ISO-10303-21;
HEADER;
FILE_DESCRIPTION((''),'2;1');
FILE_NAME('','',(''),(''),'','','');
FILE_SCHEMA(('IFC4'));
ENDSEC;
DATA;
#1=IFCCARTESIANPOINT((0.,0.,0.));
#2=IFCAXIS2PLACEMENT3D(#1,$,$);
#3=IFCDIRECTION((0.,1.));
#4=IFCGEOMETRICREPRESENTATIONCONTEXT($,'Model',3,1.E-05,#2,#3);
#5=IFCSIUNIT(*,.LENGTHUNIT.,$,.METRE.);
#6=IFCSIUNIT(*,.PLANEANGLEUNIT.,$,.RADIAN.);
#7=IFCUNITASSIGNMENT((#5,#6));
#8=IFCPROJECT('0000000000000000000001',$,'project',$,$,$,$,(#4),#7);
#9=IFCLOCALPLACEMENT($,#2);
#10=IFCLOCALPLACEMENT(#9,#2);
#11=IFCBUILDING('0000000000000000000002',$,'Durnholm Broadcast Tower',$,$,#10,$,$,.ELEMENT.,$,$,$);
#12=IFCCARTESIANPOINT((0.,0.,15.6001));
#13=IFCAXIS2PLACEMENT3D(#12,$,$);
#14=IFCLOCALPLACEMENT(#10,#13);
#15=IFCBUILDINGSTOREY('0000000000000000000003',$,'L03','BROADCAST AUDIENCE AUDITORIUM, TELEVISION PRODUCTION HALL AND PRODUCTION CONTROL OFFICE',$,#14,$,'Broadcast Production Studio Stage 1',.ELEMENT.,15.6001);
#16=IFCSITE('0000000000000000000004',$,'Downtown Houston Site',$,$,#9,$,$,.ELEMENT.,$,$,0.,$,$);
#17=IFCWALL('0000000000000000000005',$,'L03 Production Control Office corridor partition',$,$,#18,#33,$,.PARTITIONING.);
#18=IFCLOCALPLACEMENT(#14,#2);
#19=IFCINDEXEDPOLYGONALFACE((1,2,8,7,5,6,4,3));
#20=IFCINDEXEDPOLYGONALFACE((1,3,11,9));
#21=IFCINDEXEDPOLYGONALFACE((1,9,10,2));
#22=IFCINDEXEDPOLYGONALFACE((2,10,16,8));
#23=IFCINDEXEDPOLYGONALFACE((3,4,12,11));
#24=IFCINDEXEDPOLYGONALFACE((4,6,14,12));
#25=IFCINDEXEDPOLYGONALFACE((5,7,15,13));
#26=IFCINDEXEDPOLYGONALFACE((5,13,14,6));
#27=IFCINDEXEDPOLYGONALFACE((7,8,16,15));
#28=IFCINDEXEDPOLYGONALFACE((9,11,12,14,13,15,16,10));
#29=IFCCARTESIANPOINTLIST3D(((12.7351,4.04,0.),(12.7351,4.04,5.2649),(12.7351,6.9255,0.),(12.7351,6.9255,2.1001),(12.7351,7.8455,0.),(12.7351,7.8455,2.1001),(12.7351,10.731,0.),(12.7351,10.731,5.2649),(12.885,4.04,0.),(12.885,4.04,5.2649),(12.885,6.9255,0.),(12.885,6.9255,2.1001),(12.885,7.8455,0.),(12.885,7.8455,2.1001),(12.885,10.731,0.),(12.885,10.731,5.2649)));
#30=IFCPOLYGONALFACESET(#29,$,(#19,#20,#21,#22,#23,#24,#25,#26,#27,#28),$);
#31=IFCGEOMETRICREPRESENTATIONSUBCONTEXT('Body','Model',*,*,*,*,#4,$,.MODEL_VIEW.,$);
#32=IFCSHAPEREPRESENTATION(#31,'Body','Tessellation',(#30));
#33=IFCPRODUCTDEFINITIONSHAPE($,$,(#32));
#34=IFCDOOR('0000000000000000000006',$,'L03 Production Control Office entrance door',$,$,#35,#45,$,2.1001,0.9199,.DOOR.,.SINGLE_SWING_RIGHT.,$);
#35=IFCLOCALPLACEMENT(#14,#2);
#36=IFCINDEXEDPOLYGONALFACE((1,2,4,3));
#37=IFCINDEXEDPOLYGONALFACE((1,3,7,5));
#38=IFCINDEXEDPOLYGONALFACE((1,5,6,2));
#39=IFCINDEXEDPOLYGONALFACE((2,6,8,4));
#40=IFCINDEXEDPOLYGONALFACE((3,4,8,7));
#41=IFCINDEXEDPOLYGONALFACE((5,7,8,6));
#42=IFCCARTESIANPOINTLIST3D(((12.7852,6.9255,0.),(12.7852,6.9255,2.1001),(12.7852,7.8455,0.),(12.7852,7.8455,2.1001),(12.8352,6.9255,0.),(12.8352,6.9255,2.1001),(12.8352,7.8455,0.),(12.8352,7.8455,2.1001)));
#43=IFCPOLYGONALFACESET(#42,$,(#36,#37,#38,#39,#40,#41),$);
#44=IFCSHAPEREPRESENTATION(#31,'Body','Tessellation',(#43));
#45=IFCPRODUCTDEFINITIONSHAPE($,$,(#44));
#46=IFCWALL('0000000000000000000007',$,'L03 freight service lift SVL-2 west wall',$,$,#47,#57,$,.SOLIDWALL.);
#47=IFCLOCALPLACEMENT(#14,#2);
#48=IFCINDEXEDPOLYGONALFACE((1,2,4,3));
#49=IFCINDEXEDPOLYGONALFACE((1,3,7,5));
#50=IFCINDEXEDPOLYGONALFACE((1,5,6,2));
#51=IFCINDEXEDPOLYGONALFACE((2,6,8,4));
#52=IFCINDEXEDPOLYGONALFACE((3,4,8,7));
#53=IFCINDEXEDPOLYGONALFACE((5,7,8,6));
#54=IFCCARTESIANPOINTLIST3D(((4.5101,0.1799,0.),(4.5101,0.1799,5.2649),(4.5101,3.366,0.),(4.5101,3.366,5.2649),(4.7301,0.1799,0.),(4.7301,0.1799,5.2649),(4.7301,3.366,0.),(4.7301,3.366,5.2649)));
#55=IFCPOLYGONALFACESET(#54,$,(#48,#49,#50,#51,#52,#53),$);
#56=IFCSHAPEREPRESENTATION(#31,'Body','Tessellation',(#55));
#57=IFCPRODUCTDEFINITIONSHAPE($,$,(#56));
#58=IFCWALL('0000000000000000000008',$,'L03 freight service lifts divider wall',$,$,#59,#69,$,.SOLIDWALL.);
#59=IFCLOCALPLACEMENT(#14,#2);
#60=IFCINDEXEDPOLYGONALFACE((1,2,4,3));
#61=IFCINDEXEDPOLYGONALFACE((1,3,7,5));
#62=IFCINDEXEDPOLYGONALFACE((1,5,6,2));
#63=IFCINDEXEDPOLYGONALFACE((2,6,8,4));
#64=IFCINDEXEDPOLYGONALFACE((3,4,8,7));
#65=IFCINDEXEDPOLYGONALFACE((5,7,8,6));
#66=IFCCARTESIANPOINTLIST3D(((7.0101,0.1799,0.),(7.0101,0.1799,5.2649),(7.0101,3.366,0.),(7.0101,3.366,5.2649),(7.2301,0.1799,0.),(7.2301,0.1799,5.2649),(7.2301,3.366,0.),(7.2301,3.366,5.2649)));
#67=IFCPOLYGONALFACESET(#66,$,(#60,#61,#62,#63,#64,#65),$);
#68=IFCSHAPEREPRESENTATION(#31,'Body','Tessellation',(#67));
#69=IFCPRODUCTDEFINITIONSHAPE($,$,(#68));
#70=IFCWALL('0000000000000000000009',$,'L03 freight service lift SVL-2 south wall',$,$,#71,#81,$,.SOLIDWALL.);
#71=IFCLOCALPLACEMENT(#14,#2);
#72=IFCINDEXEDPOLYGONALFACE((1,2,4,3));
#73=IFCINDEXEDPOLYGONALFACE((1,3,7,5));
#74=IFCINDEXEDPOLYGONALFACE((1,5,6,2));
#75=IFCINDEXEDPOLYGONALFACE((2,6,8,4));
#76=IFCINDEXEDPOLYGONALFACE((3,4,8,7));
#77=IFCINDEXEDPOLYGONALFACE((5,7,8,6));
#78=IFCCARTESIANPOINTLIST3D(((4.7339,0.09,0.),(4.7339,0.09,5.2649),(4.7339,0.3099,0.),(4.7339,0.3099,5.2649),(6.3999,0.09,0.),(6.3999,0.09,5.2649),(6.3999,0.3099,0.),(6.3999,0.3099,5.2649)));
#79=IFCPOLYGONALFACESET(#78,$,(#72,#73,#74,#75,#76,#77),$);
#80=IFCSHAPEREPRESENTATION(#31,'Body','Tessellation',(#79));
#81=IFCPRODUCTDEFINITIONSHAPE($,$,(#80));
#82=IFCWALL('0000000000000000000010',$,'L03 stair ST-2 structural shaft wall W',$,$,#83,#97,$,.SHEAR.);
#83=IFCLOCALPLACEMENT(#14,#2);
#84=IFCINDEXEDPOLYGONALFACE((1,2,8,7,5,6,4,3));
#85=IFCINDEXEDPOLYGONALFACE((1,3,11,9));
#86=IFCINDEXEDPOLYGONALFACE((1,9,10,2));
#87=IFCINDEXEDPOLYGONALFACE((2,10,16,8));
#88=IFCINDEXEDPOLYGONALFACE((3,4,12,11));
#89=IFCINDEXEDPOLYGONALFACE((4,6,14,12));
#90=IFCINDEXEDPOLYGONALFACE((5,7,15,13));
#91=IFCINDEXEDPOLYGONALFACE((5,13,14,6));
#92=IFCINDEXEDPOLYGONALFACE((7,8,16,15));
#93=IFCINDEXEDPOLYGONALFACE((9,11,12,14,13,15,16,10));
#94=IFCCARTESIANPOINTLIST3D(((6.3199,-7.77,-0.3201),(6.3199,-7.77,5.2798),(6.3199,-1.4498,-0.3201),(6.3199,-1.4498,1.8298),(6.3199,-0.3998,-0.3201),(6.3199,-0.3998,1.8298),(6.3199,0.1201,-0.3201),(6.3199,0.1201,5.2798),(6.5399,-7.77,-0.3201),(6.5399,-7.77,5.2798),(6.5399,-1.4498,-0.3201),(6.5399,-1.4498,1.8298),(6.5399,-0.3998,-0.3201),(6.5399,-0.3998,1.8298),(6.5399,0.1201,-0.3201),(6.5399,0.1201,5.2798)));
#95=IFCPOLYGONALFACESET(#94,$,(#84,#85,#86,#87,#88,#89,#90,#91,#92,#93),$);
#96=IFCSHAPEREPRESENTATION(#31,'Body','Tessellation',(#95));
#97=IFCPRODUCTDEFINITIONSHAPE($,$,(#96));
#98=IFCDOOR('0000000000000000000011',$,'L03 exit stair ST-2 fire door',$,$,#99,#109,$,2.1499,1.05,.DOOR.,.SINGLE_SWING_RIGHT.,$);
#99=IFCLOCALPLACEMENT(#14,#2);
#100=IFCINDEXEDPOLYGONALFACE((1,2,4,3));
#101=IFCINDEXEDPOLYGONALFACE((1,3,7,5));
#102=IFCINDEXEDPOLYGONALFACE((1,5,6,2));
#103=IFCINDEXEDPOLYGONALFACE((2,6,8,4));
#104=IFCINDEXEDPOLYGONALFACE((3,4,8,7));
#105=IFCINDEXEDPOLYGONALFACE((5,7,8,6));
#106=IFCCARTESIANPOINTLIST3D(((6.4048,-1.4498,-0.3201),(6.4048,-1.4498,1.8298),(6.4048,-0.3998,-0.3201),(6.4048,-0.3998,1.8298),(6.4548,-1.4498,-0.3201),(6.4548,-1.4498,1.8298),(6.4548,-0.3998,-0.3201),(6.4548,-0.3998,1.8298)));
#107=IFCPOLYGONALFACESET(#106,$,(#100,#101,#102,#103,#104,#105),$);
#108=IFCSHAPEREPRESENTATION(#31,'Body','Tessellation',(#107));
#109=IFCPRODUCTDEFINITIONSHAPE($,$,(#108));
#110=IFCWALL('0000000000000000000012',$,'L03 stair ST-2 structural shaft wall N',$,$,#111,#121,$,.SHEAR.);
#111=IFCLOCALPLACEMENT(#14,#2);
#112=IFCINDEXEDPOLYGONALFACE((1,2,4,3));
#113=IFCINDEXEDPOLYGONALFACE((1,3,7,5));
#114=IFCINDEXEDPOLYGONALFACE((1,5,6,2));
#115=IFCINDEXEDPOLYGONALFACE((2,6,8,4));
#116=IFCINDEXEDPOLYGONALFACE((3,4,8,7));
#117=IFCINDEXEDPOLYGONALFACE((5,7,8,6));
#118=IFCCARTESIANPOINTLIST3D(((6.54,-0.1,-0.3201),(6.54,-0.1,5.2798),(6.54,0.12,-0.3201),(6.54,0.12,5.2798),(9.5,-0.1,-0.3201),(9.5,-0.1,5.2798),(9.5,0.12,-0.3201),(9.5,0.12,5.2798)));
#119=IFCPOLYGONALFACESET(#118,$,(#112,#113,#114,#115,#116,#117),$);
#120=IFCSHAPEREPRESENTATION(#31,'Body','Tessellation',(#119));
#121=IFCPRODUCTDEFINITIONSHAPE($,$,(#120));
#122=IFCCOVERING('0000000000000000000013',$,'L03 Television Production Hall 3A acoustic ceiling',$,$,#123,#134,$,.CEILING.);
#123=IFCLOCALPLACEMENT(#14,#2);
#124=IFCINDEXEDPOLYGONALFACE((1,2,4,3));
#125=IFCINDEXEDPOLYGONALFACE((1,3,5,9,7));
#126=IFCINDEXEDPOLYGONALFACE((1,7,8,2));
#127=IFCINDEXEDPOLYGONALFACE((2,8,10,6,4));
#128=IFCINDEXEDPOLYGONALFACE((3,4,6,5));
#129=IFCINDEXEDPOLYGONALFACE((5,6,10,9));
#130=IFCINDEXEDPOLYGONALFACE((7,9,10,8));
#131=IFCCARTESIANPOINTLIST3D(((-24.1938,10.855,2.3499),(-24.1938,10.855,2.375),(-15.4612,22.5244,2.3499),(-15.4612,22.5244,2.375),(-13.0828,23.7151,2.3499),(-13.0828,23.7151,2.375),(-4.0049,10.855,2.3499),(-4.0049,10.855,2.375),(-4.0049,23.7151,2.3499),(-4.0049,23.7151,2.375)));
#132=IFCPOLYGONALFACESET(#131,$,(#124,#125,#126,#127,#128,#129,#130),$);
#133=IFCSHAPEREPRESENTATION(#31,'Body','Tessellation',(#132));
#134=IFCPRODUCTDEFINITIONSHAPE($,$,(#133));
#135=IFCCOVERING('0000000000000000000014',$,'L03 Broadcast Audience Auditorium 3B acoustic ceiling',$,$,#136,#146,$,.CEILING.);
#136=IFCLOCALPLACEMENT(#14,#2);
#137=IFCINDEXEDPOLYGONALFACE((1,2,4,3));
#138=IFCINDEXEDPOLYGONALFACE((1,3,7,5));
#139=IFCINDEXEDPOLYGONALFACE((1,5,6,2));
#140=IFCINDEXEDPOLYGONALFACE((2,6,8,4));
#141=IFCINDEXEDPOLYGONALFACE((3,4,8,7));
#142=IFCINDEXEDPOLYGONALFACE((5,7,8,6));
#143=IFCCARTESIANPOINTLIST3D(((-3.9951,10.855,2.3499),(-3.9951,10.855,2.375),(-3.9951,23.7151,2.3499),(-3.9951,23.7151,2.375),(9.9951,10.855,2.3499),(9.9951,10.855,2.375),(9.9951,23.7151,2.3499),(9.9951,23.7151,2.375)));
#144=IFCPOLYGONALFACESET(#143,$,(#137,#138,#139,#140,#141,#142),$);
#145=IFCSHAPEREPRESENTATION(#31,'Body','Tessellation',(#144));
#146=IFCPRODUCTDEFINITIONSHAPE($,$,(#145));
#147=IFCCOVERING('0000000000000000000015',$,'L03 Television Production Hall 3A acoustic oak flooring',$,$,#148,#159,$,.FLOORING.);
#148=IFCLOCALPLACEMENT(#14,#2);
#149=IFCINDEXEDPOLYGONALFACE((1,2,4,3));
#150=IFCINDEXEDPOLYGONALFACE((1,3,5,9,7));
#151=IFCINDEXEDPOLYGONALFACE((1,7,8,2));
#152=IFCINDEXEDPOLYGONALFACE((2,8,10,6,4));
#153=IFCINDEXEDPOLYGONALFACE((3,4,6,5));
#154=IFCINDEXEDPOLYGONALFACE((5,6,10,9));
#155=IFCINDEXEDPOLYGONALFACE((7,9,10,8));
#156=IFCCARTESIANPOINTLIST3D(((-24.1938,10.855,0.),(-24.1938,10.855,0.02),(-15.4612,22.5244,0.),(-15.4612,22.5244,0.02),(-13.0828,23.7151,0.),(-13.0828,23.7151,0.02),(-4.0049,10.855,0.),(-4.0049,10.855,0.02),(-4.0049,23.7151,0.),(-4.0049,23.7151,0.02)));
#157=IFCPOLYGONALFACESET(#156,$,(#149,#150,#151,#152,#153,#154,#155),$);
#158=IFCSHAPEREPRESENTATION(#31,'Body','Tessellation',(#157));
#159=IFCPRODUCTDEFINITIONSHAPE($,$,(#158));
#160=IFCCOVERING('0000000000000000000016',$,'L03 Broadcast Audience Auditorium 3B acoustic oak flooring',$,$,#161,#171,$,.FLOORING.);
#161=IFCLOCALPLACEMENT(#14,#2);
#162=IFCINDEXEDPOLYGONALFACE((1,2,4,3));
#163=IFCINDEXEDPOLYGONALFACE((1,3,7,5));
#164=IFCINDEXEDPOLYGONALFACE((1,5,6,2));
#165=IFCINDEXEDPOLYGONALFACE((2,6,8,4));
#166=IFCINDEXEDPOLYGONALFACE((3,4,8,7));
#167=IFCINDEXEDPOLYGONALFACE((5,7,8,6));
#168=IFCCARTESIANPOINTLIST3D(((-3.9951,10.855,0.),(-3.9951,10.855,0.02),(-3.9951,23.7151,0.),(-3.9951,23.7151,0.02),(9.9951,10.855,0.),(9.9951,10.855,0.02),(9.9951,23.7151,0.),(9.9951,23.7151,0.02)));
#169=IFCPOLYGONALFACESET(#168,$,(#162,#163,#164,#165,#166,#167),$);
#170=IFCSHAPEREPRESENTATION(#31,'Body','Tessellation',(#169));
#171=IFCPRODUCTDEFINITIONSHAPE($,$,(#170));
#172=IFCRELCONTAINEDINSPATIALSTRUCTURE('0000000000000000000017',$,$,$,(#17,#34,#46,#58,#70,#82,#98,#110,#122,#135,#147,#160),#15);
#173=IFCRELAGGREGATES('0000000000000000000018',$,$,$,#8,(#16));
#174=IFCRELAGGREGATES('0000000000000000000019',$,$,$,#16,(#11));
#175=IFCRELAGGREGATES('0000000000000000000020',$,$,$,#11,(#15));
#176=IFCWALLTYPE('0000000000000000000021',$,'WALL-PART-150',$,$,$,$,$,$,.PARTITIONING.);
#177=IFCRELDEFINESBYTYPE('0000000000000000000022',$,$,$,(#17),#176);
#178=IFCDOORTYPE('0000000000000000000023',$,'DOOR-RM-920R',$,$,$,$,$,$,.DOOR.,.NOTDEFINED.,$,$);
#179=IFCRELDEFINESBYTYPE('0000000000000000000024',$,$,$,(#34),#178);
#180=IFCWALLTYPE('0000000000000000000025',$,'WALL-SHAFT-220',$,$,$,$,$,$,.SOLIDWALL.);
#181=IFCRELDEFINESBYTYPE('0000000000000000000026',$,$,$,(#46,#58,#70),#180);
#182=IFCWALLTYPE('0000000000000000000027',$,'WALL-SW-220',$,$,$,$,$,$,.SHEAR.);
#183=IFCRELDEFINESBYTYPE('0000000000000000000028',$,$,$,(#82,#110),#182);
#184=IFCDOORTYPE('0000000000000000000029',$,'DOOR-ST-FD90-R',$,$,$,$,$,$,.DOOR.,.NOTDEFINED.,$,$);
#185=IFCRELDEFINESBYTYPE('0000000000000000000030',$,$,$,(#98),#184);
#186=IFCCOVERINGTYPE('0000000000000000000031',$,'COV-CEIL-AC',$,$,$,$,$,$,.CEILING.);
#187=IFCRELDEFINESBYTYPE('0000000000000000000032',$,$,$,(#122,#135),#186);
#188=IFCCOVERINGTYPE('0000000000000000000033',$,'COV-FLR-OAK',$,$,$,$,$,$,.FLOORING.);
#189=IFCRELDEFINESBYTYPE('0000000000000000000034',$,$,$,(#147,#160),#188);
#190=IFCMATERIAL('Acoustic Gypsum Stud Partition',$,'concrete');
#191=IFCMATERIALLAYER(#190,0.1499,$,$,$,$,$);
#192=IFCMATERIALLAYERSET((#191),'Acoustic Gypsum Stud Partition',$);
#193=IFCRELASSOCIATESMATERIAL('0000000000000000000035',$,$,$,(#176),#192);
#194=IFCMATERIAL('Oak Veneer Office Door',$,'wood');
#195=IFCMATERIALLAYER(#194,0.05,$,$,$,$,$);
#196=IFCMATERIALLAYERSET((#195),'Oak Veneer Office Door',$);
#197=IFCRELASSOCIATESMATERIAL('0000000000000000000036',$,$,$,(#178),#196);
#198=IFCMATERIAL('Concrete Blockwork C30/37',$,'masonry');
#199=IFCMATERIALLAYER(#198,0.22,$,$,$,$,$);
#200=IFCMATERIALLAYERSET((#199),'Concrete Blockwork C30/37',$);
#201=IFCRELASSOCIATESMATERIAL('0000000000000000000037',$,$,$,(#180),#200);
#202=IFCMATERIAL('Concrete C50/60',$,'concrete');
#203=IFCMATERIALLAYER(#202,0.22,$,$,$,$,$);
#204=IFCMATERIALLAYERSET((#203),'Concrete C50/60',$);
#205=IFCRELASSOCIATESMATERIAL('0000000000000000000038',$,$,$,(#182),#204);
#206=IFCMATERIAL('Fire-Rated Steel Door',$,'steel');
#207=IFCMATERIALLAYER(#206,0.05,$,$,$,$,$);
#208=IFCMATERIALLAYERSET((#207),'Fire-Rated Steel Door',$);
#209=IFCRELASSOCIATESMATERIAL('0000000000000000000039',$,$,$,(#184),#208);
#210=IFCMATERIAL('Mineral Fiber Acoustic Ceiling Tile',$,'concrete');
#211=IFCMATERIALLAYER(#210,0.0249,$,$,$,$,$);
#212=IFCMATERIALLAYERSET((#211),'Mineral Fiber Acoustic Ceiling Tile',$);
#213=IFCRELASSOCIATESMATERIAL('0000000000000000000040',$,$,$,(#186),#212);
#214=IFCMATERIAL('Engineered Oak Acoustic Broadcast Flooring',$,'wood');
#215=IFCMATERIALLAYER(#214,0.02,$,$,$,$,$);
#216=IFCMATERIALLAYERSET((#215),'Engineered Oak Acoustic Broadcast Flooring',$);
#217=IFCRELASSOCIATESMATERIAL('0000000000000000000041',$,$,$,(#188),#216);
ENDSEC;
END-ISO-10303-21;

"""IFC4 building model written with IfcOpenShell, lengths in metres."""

from ifc_helpers import new_model, si_unit, direction, frame, frame_2d, origin, place, context, subcontext, project, spatial, polyline, rectangle, outline, extrude, source, transform, mapped, material, layer, layer_set, type_object, type_shapes, element, fill, save


model = new_model("IFC4")

# Units and contexts
model_context = context("Model", 3, precision=1e-05, world=origin(), true_north=direction((0.0, 1.0)))
body_context = subcontext(model_context, "Body", "Model", "MODEL_VIEW")
ifc_project = project(units=[si_unit("LENGTHUNIT", "METRE"), si_unit("PLANEANGLEUNIT", "RADIAN")], contexts=[model_context])

# Site, building, storey
site_placement = place(None, origin())
site = spatial("IfcSite", under=ifc_project, at=site_placement, Name="Downtown Houston Site", CompositionType="ELEMENT", RefElevation=0.0)
building_placement = place(site_placement, origin())
building = spatial("IfcBuilding", under=site, at=building_placement, Name="Durnholm Broadcast Tower", CompositionType="ELEMENT")
storey_placement = place(building_placement, frame((0.0, 0.0, 15.6001)))
storey = spatial("IfcBuildingStorey", under=building, at=storey_placement, Name="L03", Description="BROADCAST AUDIENCE AUDITORIUM, TELEVISION PRODUCTION HALL AND PRODUCTION CONTROL OFFICE", LongName="Broadcast Production Studio Stage 1", CompositionType="ELEMENT", Elevation=15.6001)

# Shared definitions
ifc_material_1 = material(Name="Concrete C50/60", Category="concrete")

# Shared definitions
ifc_material_2 = material(Name="Acoustic Gypsum Stud Partition", Category="concrete")
ifc_layer_1 = layer(ifc_material_2, 0.1499)
ifc_layer_set_1 = layer_set([ifc_layer_1], Name="Acoustic Gypsum Stud Partition")
wall_type_1 = type_object("IfcWallType", Name="WALL-PART-150", PredefinedType="PARTITIONING", material=ifc_layer_set_1)

# Wall, opening, door
wall_1_placement = place(storey_placement, frame((12.8101, 4.04, 0.0), z_axis=(0.0, 0.0, 1.0), x_axis=(0.0, 1.0, 0.0)))
wall_1 = element("IfcWall", 1, at=wall_1_placement, inside=storey, type_object=wall_type_1, Name="L03 Production Control Office corridor partition", PredefinedType="PARTITIONING", context=body_context, shape_type="SweptSolid", body=[
    extrude(rectangle(XDim=6.6909, YDim=0.1499, at=frame_2d((3.3455, 0.0))), origin(), (0.0, 0.0, 1.0), 5.2649),
])
opening_1_placement = place(wall_1_placement, frame((2.8855, 0.0, 0.0)))
opening_1 = element("IfcOpeningElement", 2, at=opening_1_placement, cuts=wall_1, PredefinedType="OPENING", context=body_context, shape_type="SweptSolid", body=[
    extrude(rectangle(XDim=0.9199, YDim=2.1001, at=frame_2d((0.46, 1.05))), frame((0.0, 0.085, 0.0), z_axis=(0.0, -1.0, 0.0), x_axis=(1.0, 0.0, 0.0)), (0.0, 0.0, 1.0), 0.1699),
])
ifc_material_3 = material(Name="Oak Veneer Office Door", Category="wood")
ifc_layer_2 = layer(ifc_material_3, 0.05)
ifc_layer_set_2 = layer_set([ifc_layer_2], Name="Oak Veneer Office Door")
door_type_1 = type_object("IfcDoorType", Name="DOOR-RM-920R", OperationType="NOTDEFINED", PredefinedType="DOOR", material=ifc_layer_set_2)
shared_shape_1 = source(origin(), body_context, "Body", "SweptSolid", [
    extrude(rectangle(XDim=0.9199, YDim=2.1001, at=frame_2d((0.46, 1.05))), frame((0.0, 0.0249, 0.0), z_axis=(0.0, -1.0, 0.0), x_axis=(1.0, 0.0, 0.0)), (0.0, 0.0, 1.0), 0.05),
])
type_shapes(door_type_1, [shared_shape_1])
door_1_placement = place(opening_1_placement, origin())
door_1 = element("IfcDoor", 3, at=door_1_placement, inside=storey, type_object=door_type_1, Name="L03 Production Control Office entrance door", OperationType="SINGLE_SWING_RIGHT", OverallHeight=2.1001, OverallWidth=0.9199, PredefinedType="DOOR", context=body_context, shape_type="MappedRepresentation", body=[
    mapped(shared_shape_1, transform((0.0, 0.0, 0.0), x_axis=(1.0, 0.0, 0.0), y_axis=(0.0, 1.0, 0.0), z_axis=(0.0, 0.0, 1.0), scale=1.0)),
])
fill(opening_1, door_1)

# Shared definitions
ifc_material_4 = material(Name="Concrete Blockwork C30/37", Category="masonry")
ifc_layer_3 = layer(ifc_material_4, 0.22)
ifc_layer_set_3 = layer_set([ifc_layer_3], Name="Concrete Blockwork C30/37")
wall_type_2 = type_object("IfcWallType", Name="WALL-SHAFT-220", PredefinedType="SOLIDWALL", material=ifc_layer_set_3)

# Walls
for number, where, z_axis, x_axis, name in (
    (4, (4.6201, 0.1799, 0.0), (0.0, 0.0, 1.0), (0.0, 1.0, 0.0), "L03 freight service lift SVL-2 west wall"),
    (5, (7.1201, 0.1799, 0.0), (0.0, 0.0, 1.0), (0.0, 1.0, 0.0), "L03 freight service lifts divider wall"),
):
    element("IfcWall", number, at=place(storey_placement, frame(where, z_axis=z_axis, x_axis=x_axis)), inside=storey, type_object=wall_type_2, Name=name, PredefinedType="SOLIDWALL", context=body_context, shape_type="SweptSolid", body=[
        extrude(rectangle(XDim=3.186, YDim=0.22, at=frame_2d((1.593, 0.0))), origin(), (0.0, 0.0, 1.0), 5.2649),
    ])
wall_2_placement = place(storey_placement, frame((4.7339, 0.2, 0.0), z_axis=(0.0, 0.0, 1.0), x_axis=(1.0, 0.0, 0.0)))
element("IfcWall", 6, at=wall_2_placement, inside=storey, type_object=wall_type_2, Name="L03 freight service lift SVL-2 south wall", PredefinedType="SOLIDWALL", context=body_context, shape_type="SweptSolid", body=[
    extrude(rectangle(XDim=1.666, YDim=0.22, at=frame_2d((0.833, 0.0))), origin(), (0.0, 0.0, 1.0), 5.2649),
])

# Wall, opening, door
ifc_layer_4 = layer(ifc_material_1, 0.22)
ifc_layer_set_4 = layer_set([ifc_layer_4], Name="Concrete C50/60")
wall_type_3 = type_object("IfcWallType", Name="WALL-SW-220", PredefinedType="SHEAR", material=ifc_layer_set_4)
wall_3_placement = place(storey_placement, frame((6.4299, 0.1201, -0.3201), z_axis=(0.0, 0.0, 1.0), x_axis=(0.0, -1.0, 0.0)))
wall_3 = element("IfcWall", 7, at=wall_3_placement, inside=storey, type_object=wall_type_3, Name="L03 stair ST-2 structural shaft wall W", PredefinedType="SHEAR", context=body_context, shape_type="SweptSolid", body=[
    extrude(rectangle(XDim=7.8901, YDim=0.22, at=frame_2d((3.9451, 0.0))), origin(), (0.0, 0.0, 1.0), 5.5999),
])
opening_2_placement = place(wall_3_placement, frame((0.52, 0.0, 0.0)))
opening_2 = element("IfcOpeningElement", 8, at=opening_2_placement, cuts=wall_3, PredefinedType="OPENING", context=body_context, shape_type="SweptSolid", body=[
    extrude(rectangle(XDim=1.05, YDim=2.1499, at=frame_2d((0.5249, 1.075))), frame((0.0, 0.1201, 0.0), z_axis=(0.0, -1.0, 0.0), x_axis=(1.0, 0.0, 0.0)), (0.0, 0.0, 1.0), 0.24),
])
ifc_material_5 = material(Name="Fire-Rated Steel Door", Category="steel")
ifc_layer_5 = layer(ifc_material_5, 0.05)
ifc_layer_set_5 = layer_set([ifc_layer_5], Name="Fire-Rated Steel Door")
door_type_2 = type_object("IfcDoorType", Name="DOOR-ST-FD90-R", OperationType="NOTDEFINED", PredefinedType="DOOR", material=ifc_layer_set_5)
shared_shape_2 = source(origin(), body_context, "Body", "SweptSolid", [
    extrude(rectangle(XDim=1.05, YDim=2.1499, at=frame_2d((0.5249, 1.075))), frame((0.0, 0.0249, 0.0), z_axis=(0.0, -1.0, 0.0), x_axis=(1.0, 0.0, 0.0)), (0.0, 0.0, 1.0), 0.05),
])
type_shapes(door_type_2, [shared_shape_2])
door_2_placement = place(opening_2_placement, origin())
door_2 = element("IfcDoor", 9, at=door_2_placement, inside=storey, type_object=door_type_2, Name="L03 exit stair ST-2 fire door", OperationType="SINGLE_SWING_RIGHT", OverallHeight=2.1499, OverallWidth=1.05, PredefinedType="DOOR", context=body_context, shape_type="MappedRepresentation", body=[
    mapped(shared_shape_2, transform((0.0, 0.0, 0.0), x_axis=(1.0, 0.0, 0.0), y_axis=(0.0, 1.0, 0.0), z_axis=(0.0, 0.0, 1.0), scale=1.0)),
])
fill(opening_2, door_2)

# Wall
wall_4_placement = place(storey_placement, frame((9.5, 0.01, -0.3201), z_axis=(0.0, 0.0, 1.0), x_axis=(-1.0, 0.0, 0.0)))
element("IfcWall", 10, at=wall_4_placement, inside=storey, type_object=wall_type_3, Name="L03 stair ST-2 structural shaft wall N", PredefinedType="SHEAR", context=body_context, shape_type="SweptSolid", body=[
    extrude(rectangle(XDim=2.96, YDim=0.22, at=frame_2d((1.48, 0.0))), origin(), (0.0, 0.0, 1.0), 5.5999),
])

# Coverings
ifc_material_6 = material(Name="Mineral Fiber Acoustic Ceiling Tile", Category="concrete")
ifc_layer_6 = layer(ifc_material_6, 0.0249)
ifc_layer_set_6 = layer_set([ifc_layer_6], Name="Mineral Fiber Acoustic Ceiling Tile")
covering_type_1 = type_object("IfcCoveringType", Name="COV-CEIL-AC", PredefinedType="CEILING", material=ifc_layer_set_6)
covering_1_placement = place(storey_placement, frame((0.0, 0.0, 2.3499)))
element("IfcCovering", 11, at=covering_1_placement, inside=storey, type_object=covering_type_1, Name="L03 Television Production Hall 3A acoustic ceiling", PredefinedType="CEILING", context=body_context, shape_type="SweptSolid", body=[
    extrude(outline(polyline([(-4.0049, 23.7151), (-13.0828, 23.7151), (-15.4612, 22.5244), (-24.1938, 10.855), (-4.0049, 10.855), (-4.0049, 23.7151)])), origin(), (0.0, 0.0, 1.0), 0.0251),
])
covering_2_placement = place(storey_placement, frame((0.0, 0.0, 2.3499)))
element("IfcCovering", 12, at=covering_2_placement, inside=storey, type_object=covering_type_1, Name="L03 Broadcast Audience Auditorium 3B acoustic ceiling", PredefinedType="CEILING", context=body_context, shape_type="SweptSolid", body=[
    extrude(outline(polyline([(9.9951, 10.855), (9.9951, 23.7151), (-3.9951, 23.7151), (-3.9951, 10.855), (9.9951, 10.855)])), origin(), (0.0, 0.0, 1.0), 0.0251),
])
ifc_material_7 = material(Name="Engineered Oak Acoustic Broadcast Flooring", Category="wood")
ifc_layer_7 = layer(ifc_material_7, 0.02)
ifc_layer_set_7 = layer_set([ifc_layer_7], Name="Engineered Oak Acoustic Broadcast Flooring")
covering_type_2 = type_object("IfcCoveringType", Name="COV-FLR-OAK", PredefinedType="FLOORING", material=ifc_layer_set_7)
covering_3_placement = place(storey_placement, origin())
element("IfcCovering", 13, at=covering_3_placement, inside=storey, type_object=covering_type_2, Name="L03 Television Production Hall 3A acoustic oak flooring", PredefinedType="FLOORING", context=body_context, shape_type="SweptSolid", body=[
    extrude(outline(polyline([(-4.0049, 23.7151), (-13.0828, 23.7151), (-15.4612, 22.5244), (-24.1938, 10.855), (-4.0049, 10.855), (-4.0049, 23.7151)])), origin(), (0.0, 0.0, 1.0), 0.02),
])
covering_4_placement = place(storey_placement, origin())
element("IfcCovering", 14, at=covering_4_placement, inside=storey, type_object=covering_type_2, Name="L03 Broadcast Audience Auditorium 3B acoustic oak flooring", PredefinedType="FLOORING", context=body_context, shape_type="SweptSolid", body=[
    extrude(outline(polyline([(9.9951, 10.855), (9.9951, 23.7151), (-3.9951, 23.7151), (-3.9951, 10.855), (9.9951, 10.855)])), origin(), (0.0, 0.0, 1.0), 0.02),
])

save(model, "model.ifc")
